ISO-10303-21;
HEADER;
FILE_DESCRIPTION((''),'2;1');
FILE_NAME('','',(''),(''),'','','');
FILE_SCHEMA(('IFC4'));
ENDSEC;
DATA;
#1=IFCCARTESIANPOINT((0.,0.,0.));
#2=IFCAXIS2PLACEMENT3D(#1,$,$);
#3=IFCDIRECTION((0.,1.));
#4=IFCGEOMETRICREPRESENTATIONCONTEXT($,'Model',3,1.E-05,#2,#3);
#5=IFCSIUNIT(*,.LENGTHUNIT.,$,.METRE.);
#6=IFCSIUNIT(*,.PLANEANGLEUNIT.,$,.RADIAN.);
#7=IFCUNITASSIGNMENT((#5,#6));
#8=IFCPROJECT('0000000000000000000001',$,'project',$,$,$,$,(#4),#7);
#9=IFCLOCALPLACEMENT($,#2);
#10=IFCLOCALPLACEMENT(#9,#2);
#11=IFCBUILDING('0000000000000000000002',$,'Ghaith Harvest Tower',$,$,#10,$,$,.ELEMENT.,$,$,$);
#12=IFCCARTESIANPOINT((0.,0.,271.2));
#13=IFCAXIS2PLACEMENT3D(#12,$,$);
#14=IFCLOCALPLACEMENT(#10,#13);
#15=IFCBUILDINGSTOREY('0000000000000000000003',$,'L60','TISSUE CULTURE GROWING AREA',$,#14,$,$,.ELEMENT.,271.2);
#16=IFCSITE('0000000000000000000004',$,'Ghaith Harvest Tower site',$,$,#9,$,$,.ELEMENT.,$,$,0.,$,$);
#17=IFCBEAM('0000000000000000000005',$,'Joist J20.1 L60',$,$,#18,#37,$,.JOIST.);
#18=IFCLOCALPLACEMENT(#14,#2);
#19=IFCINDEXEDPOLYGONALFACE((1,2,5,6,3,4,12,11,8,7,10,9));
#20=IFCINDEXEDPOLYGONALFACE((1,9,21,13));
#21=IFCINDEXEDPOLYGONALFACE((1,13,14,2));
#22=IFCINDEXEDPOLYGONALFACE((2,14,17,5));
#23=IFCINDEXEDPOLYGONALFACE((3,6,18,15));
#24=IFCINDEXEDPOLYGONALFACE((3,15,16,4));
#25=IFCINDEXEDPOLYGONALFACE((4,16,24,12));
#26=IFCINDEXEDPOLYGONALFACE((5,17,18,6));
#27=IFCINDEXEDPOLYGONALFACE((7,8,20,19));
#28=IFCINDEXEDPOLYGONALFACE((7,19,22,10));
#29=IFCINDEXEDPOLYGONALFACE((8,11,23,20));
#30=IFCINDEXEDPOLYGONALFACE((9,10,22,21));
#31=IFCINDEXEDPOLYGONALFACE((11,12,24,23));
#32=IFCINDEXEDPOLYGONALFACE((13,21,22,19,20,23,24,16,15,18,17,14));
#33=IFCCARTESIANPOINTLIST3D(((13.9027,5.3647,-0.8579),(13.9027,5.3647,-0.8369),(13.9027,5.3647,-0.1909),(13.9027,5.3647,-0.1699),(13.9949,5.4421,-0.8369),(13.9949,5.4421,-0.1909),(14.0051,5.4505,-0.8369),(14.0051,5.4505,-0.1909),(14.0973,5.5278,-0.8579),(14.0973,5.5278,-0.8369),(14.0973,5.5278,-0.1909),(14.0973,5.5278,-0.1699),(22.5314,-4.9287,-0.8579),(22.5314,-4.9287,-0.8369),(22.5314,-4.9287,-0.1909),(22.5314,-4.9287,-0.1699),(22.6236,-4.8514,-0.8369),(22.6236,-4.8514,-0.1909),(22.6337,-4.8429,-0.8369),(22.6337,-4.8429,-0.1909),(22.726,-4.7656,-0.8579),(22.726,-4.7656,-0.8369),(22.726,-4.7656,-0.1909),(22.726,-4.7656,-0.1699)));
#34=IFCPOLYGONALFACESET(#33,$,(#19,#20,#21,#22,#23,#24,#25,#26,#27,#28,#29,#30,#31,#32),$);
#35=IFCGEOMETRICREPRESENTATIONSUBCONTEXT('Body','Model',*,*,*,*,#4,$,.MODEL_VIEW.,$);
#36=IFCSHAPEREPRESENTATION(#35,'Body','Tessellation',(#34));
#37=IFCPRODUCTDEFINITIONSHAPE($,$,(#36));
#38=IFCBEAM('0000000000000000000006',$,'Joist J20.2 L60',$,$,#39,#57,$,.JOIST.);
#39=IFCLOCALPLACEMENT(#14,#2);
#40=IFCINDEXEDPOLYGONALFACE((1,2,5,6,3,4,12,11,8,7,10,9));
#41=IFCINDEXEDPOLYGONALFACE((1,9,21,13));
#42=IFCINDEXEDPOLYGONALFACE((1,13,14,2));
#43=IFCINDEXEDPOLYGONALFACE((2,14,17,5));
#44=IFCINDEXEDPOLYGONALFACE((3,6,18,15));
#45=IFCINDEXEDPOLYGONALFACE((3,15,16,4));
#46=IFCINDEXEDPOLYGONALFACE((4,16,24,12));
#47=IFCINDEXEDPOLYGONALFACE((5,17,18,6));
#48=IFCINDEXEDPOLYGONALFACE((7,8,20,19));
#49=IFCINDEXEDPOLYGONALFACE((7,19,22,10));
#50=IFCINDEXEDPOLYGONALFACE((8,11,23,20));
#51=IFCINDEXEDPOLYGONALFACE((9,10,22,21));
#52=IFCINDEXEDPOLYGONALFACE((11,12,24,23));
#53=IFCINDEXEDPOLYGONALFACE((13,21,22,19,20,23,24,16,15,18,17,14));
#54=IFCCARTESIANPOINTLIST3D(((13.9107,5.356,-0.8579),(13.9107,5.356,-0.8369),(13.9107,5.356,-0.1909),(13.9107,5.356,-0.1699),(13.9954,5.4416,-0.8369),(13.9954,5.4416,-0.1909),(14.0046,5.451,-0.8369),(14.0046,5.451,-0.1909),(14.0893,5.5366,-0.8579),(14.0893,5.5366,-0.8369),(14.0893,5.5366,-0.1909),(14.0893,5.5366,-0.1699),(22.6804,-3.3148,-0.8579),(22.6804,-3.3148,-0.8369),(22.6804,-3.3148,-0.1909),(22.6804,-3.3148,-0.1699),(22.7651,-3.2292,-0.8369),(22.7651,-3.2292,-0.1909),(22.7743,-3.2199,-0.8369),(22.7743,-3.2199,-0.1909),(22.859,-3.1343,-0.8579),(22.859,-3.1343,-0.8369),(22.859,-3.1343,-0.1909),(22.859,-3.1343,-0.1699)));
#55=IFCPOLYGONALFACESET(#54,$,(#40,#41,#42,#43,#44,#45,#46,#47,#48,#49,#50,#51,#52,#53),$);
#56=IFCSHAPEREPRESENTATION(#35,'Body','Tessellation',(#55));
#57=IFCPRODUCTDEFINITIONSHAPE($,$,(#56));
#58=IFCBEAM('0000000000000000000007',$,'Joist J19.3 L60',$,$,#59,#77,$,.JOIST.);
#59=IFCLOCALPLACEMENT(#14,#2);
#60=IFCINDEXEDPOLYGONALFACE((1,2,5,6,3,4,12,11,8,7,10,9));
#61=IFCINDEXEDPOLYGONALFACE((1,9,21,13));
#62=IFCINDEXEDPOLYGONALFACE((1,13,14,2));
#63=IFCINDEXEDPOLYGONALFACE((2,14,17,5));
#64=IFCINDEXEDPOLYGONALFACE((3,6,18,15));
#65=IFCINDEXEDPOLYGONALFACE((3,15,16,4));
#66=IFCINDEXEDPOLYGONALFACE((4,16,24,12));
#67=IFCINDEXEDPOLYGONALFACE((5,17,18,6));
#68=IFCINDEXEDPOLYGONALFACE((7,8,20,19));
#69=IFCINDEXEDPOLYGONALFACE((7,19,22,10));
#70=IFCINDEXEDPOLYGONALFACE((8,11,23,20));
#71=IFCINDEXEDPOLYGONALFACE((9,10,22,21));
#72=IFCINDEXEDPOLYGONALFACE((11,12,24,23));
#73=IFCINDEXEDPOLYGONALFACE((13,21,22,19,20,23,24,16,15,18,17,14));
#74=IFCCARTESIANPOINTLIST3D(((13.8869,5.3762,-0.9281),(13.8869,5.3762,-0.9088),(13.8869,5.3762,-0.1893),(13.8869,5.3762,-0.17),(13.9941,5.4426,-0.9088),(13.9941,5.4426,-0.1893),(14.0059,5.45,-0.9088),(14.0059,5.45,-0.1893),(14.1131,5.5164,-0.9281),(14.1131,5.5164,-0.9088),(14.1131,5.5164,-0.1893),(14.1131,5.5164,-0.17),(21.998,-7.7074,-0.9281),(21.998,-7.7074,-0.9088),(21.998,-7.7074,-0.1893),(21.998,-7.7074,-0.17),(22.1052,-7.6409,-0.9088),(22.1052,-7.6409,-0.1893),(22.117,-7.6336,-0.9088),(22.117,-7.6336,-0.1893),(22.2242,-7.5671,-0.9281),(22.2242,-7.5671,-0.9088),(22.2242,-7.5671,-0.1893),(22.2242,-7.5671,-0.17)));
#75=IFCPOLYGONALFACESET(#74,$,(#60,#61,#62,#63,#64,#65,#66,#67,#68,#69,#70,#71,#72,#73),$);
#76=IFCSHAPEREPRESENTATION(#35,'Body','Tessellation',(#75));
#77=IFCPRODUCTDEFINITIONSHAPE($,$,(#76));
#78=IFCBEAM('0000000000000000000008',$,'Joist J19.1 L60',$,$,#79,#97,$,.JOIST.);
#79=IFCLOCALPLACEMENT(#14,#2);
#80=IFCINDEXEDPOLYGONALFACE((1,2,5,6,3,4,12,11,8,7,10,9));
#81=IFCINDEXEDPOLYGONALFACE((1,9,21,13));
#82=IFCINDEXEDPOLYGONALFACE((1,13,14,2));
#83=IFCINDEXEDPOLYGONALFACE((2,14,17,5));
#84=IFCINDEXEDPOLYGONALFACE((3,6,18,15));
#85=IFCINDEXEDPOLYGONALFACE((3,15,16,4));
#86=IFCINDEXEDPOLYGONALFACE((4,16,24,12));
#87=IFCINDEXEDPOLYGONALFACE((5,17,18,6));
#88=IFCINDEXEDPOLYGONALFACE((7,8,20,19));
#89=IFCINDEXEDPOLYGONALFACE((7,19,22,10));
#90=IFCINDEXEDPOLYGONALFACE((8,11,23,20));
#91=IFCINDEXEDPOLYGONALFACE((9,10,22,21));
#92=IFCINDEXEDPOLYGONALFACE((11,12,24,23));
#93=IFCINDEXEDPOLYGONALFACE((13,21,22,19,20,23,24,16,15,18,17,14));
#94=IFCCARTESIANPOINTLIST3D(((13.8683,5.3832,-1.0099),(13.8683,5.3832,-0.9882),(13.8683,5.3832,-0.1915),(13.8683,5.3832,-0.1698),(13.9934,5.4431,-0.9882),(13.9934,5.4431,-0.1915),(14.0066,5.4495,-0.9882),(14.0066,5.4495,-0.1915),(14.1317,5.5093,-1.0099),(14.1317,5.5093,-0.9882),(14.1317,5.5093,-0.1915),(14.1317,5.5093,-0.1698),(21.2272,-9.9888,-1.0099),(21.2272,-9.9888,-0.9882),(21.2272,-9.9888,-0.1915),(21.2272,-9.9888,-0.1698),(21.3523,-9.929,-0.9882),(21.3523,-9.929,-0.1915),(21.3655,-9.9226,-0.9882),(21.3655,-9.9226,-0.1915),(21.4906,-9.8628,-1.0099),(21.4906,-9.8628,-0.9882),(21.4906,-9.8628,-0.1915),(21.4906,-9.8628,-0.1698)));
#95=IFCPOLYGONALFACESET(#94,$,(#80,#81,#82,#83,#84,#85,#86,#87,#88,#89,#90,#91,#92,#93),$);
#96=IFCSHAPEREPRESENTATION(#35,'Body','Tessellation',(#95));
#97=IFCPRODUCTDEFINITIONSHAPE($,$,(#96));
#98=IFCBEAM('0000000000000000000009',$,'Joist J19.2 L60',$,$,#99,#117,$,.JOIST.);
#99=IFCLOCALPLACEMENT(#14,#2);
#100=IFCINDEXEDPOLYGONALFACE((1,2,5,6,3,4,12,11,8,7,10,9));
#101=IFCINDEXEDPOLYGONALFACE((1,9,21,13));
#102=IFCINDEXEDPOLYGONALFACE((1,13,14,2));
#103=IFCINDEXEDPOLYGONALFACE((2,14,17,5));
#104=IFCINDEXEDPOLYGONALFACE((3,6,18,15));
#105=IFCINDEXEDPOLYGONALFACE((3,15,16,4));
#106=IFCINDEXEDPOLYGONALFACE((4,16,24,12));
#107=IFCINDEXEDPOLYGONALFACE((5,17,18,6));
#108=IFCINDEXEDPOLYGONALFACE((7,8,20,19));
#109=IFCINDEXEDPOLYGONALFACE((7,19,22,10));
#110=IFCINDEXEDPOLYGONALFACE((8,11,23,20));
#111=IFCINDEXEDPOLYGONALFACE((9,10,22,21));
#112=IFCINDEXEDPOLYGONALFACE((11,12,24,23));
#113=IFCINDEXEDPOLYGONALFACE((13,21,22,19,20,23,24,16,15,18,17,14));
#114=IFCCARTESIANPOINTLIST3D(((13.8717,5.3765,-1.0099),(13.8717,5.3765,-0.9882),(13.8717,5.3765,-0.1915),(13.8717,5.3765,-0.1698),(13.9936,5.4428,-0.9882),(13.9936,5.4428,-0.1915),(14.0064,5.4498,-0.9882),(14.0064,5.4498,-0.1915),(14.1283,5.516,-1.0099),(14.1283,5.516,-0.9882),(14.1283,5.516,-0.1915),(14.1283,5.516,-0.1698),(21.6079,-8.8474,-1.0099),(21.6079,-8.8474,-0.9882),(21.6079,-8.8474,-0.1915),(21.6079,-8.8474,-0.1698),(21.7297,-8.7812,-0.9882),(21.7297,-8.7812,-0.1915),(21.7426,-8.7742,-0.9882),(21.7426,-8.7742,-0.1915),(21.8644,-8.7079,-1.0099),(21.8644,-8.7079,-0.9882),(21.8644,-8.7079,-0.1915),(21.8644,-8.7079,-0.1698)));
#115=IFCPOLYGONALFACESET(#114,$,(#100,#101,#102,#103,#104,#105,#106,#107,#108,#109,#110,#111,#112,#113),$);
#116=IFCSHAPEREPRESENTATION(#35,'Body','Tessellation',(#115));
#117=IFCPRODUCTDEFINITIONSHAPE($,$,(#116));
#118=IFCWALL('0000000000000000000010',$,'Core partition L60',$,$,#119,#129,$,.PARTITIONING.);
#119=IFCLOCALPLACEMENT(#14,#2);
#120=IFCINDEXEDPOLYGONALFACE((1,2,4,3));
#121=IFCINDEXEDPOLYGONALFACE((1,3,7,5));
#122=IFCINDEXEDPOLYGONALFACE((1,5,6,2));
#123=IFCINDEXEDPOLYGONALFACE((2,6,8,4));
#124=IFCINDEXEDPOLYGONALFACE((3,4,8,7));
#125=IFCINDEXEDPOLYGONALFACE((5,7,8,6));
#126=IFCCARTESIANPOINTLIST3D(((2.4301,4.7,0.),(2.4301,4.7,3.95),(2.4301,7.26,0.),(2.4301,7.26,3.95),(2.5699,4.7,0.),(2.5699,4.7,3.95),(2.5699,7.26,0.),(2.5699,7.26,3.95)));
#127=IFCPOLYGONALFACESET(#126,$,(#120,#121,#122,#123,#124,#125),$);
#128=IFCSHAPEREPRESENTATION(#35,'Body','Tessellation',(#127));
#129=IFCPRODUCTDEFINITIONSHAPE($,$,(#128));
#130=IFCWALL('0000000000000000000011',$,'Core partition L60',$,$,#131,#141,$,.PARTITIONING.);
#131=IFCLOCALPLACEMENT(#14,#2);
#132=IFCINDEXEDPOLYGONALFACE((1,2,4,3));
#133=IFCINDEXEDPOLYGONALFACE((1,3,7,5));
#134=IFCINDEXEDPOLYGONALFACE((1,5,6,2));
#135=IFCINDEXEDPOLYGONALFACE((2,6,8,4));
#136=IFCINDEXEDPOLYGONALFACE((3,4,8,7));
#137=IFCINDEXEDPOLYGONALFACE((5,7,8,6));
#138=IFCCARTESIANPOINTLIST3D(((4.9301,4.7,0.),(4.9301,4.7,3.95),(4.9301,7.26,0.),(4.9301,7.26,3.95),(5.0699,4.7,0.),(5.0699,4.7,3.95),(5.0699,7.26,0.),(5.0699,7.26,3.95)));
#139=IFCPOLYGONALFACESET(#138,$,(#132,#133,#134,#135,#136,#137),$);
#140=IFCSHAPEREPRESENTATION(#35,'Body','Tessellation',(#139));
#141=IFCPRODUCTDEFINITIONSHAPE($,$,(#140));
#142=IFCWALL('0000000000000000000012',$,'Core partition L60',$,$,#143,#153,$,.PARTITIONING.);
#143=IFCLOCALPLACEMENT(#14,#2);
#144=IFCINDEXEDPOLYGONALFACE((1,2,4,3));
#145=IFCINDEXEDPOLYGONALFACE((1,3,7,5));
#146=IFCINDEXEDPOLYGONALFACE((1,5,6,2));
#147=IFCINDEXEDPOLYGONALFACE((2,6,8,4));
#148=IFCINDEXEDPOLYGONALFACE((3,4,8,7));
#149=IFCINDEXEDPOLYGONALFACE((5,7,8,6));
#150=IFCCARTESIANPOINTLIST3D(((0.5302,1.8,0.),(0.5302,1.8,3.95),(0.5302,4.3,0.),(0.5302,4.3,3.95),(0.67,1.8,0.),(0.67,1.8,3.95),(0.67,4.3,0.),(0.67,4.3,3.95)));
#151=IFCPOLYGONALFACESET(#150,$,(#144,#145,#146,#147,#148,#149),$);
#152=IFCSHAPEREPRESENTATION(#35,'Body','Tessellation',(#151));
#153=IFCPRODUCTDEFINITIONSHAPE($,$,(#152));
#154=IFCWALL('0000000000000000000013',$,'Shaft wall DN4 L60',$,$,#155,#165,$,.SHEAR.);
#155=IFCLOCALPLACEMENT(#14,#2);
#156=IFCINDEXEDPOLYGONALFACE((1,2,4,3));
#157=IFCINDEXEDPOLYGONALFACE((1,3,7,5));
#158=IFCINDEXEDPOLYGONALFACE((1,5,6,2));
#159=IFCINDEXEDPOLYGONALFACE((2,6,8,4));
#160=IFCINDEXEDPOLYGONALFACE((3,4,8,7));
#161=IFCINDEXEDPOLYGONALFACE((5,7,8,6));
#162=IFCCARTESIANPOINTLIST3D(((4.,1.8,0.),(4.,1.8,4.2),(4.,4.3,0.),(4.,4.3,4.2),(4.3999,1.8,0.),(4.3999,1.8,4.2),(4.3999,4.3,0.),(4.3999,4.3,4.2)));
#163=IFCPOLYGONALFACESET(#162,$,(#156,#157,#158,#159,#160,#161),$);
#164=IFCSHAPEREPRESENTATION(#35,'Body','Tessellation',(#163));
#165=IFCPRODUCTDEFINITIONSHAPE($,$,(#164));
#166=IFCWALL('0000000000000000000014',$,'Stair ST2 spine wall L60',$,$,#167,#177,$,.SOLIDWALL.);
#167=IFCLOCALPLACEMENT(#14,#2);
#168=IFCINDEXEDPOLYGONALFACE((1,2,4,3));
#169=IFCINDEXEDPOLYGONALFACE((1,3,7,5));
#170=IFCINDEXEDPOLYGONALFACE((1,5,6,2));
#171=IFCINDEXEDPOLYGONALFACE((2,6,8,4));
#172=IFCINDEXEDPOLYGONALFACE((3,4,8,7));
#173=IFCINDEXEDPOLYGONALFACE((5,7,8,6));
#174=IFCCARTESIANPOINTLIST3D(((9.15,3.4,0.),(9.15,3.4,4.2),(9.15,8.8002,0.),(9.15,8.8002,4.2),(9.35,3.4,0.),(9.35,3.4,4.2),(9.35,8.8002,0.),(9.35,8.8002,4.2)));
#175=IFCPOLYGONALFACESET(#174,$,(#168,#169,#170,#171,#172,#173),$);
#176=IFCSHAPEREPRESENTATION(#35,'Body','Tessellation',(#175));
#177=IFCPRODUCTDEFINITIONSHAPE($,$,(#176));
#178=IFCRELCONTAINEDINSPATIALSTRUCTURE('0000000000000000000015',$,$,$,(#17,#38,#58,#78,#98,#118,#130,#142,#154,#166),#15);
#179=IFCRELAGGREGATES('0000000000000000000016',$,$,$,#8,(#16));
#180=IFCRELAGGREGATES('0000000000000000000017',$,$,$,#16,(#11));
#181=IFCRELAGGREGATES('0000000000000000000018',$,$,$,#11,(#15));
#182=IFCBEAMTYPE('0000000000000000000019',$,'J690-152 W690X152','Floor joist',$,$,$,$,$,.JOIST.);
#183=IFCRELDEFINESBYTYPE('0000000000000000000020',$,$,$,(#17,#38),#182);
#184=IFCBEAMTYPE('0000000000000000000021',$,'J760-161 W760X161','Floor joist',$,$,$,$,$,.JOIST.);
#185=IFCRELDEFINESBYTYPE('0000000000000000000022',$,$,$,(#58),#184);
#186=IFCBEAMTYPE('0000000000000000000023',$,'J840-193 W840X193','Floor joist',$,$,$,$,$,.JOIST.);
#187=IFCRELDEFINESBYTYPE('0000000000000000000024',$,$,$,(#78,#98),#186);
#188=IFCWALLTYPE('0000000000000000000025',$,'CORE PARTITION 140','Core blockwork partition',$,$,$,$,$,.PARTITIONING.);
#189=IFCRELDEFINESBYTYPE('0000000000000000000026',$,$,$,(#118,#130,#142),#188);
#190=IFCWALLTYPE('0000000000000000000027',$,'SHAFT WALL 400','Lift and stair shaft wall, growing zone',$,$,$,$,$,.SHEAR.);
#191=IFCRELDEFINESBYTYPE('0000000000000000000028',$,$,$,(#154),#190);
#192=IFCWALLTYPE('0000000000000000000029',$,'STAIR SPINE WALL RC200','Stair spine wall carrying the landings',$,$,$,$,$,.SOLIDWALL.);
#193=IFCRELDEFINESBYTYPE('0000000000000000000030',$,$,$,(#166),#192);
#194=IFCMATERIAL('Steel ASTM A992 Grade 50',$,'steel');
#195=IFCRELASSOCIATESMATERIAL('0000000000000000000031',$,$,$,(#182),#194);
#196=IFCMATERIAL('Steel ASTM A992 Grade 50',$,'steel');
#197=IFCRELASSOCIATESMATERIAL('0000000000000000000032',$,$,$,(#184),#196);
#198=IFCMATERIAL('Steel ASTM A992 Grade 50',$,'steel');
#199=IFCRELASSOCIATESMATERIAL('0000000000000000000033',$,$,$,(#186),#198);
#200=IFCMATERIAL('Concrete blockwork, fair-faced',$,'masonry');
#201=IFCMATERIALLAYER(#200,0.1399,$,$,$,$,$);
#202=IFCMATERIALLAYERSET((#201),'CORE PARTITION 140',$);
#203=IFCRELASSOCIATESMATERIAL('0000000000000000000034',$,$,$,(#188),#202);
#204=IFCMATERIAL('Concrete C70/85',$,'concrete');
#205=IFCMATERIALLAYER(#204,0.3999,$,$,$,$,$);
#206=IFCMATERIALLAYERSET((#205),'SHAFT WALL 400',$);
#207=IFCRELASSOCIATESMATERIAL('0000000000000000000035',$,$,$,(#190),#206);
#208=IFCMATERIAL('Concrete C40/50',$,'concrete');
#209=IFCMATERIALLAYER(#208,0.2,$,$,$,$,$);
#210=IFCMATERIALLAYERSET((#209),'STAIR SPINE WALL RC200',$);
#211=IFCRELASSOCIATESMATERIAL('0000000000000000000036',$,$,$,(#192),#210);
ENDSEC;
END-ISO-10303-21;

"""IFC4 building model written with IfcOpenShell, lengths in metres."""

from ifc_helpers import new_model, si_unit, direction, frame, frame_2d, origin, origin_2d, place, context, subcontext, project, spatial, rectangle, i_section, extrude, material, layer, layer_set, material_profile, profile_set, type_object, element, save


model = new_model("IFC4")

# Units and contexts
model_context = context("Model", 3, precision=1e-05, world=origin(), true_north=direction((0.0, 1.0)))
body_context = subcontext(model_context, "Body", "Model", "MODEL_VIEW")
ifc_project = project(units=[si_unit("LENGTHUNIT", "METRE"), si_unit("PLANEANGLEUNIT", "RADIAN")], contexts=[model_context])

# Site, building, storey
site_placement = place(None, origin())
site = spatial("IfcSite", under=ifc_project, at=site_placement, Name="Ghaith Harvest Tower site", CompositionType="ELEMENT", RefElevation=0.0)
building_placement = place(site_placement, origin())
building = spatial("IfcBuilding", under=site, at=building_placement, Name="Ghaith Harvest Tower", CompositionType="ELEMENT")
storey_placement = place(building_placement, frame((0.0, 0.0, 271.2)))
storey = spatial("IfcBuildingStorey", under=building, at=storey_placement, Name="L60", Description="TISSUE CULTURE GROWING AREA", CompositionType="ELEMENT", Elevation=271.2)

# Beams
ifc_material_1 = material(Name="Steel ASTM A992 Grade 50", Category="steel")
ifc_material_profile_1 = material_profile(ifc_material_1, i_section(OverallWidth=0.2539, OverallDepth=0.688, WebThickness=0.0132, FlangeThickness=0.021, at=origin_2d()), Name="W690X152")
ifc_profile_set_1 = profile_set([ifc_material_profile_1], Name="Steel ASTM A992 Grade 50")
beam_type_1 = type_object("IfcBeamType", Name="J690-152 W690X152", Description="Floor joist", PredefinedType="JOIST", material=ifc_profile_set_1)
beam_1_placement = place(storey_placement, frame((14.0, 5.4463, -0.5139), z_axis=(0.642413, -0.766359, 0.0), x_axis=(0.766359, 0.642413, 0.0)))
element("IfcBeam", 1, at=beam_1_placement, inside=storey, type_object=beam_type_1, Name="Joist J20.1 L60", PredefinedType="JOIST", context=body_context, shape_type="SweptSolid", body=[
    extrude(i_section(OverallWidth=0.2539, OverallDepth=0.688, WebThickness=0.0132, FlangeThickness=0.021, at=origin_2d()), origin(), (0.0, 0.0, 1.0), 13.4316),
])
beam_2_placement = place(storey_placement, frame((14.0, 5.4463, -0.5139), z_axis=(0.711104, -0.703087, 0.0), x_axis=(0.703087, 0.711104, 0.0)))
element("IfcBeam", 2, at=beam_2_placement, inside=storey, type_object=beam_type_1, Name="Joist J20.2 L60", PredefinedType="JOIST", context=body_context, shape_type="SweptSolid", body=[
    extrude(i_section(OverallWidth=0.2539, OverallDepth=0.688, WebThickness=0.0132, FlangeThickness=0.021, at=origin_2d()), origin(), (0.0, 0.0, 1.0), 12.3325),
])
ifc_material_2 = material(Name="Steel ASTM A992 Grade 50", Category="steel")
ifc_material_profile_2 = material_profile(ifc_material_2, i_section(OverallWidth=0.2661, OverallDepth=0.7581, WebThickness=0.0139, FlangeThickness=0.0193, at=origin_2d()), Name="W760X161")
ifc_profile_set_2 = profile_set([ifc_material_profile_2], Name="Steel ASTM A992 Grade 50")
beam_type_2 = type_object("IfcBeamType", Name="J760-161 W760X161", Description="Floor joist", PredefinedType="JOIST", material=ifc_profile_set_2)
beam_3_placement = place(storey_placement, frame((14.0, 5.4463, -0.5491), z_axis=(0.526908, -0.849923, 0.0), x_axis=(0.849923, 0.526908, 0.0)))
element("IfcBeam", 3, at=beam_3_placement, inside=storey, type_object=beam_type_2, Name="Joist J19.3 L60", PredefinedType="JOIST", context=body_context, shape_type="SweptSolid", body=[
    extrude(i_section(OverallWidth=0.2661, OverallDepth=0.7581, WebThickness=0.0139, FlangeThickness=0.0193, at=origin_2d()), origin(), (0.0, 0.0, 1.0), 15.3938),
])
ifc_material_3 = material(Name="Steel ASTM A992 Grade 50", Category="steel")
ifc_material_profile_3 = material_profile(ifc_material_3, i_section(OverallWidth=0.292, OverallDepth=0.8401, WebThickness=0.0146, FlangeThickness=0.0217, at=origin_2d()), Name="W840X193")
ifc_profile_set_3 = profile_set([ifc_material_profile_3], Name="Steel ASTM A992 Grade 50")
beam_type_3 = type_object("IfcBeamType", Name="J840-193 W840X193", Description="Floor joist", PredefinedType="JOIST", material=ifc_profile_set_3)
beam_4_placement = place(storey_placement, frame((14.0, 5.4463, -0.5898), z_axis=(0.431791, -0.901974, 0.0), x_axis=(0.901974, 0.431791, 0.0)))
element("IfcBeam", 4, at=beam_4_placement, inside=storey, type_object=beam_type_3, Name="Joist J19.1 L60", PredefinedType="JOIST", context=body_context, shape_type="SweptSolid", body=[
    extrude(i_section(OverallWidth=0.292, OverallDepth=0.8401, WebThickness=0.0146, FlangeThickness=0.0217, at=origin_2d()), origin(), (0.0, 0.0, 1.0), 17.0427),
])
beam_5_placement = place(storey_placement, frame((14.0, 5.4463, -0.5898), z_axis=(0.477786, -0.878476, 0.0), x_axis=(0.878476, 0.477786, 0.0)))
element("IfcBeam", 5, at=beam_5_placement, inside=storey, type_object=beam_type_3, Name="Joist J19.2 L60", PredefinedType="JOIST", context=body_context, shape_type="SweptSolid", body=[
    extrude(i_section(OverallWidth=0.292, OverallDepth=0.8401, WebThickness=0.0146, FlangeThickness=0.0217, at=origin_2d()), origin(), (0.0, 0.0, 1.0), 16.1917),
])

# Walls
ifc_material_4 = material(Name="Concrete blockwork, fair-faced", Category="masonry")
ifc_layer_1 = layer(ifc_material_4, 0.1399)
ifc_layer_set_1 = layer_set([ifc_layer_1], Name="CORE PARTITION 140")
wall_type_1 = type_object("IfcWallType", Name="CORE PARTITION 140", Description="Core blockwork partition", PredefinedType="PARTITIONING", material=ifc_layer_set_1)
for number, where, z_axis, x_axis, name in (
    (6, (2.5, 4.7, 0.0), (0.0, 0.0, 1.0), (0.0, 1.0, 0.0), "Core partition L60"),
    (7, (5.0, 4.7, 0.0), (0.0, 0.0, 1.0), (0.0, 1.0, 0.0), "Core partition L60"),
):
    element("IfcWall", number, at=place(storey_placement, frame(where, z_axis=z_axis, x_axis=x_axis)), inside=storey, type_object=wall_type_1, Name=name, PredefinedType="PARTITIONING", context=body_context, shape_type="SweptSolid", body=[
        extrude(rectangle(XDim=2.5601, YDim=0.1399, at=frame_2d((1.28, 0.0))), origin(), (0.0, 0.0, 1.0), 3.95),
    ])
wall_1_placement = place(storey_placement, frame((0.6001, 1.8, 0.0), z_axis=(0.0, 0.0, 1.0), x_axis=(0.0, 1.0, 0.0)))
element("IfcWall", 8, at=wall_1_placement, inside=storey, type_object=wall_type_1, Name="Core partition L60", PredefinedType="PARTITIONING", context=body_context, shape_type="SweptSolid", body=[
    extrude(rectangle(XDim=2.5, YDim=0.1399, at=frame_2d((1.25, 0.0))), origin(), (0.0, 0.0, 1.0), 3.95),
])

# Shared definitions
ifc_material_5 = material(Name="Concrete C70/85", Category="concrete")
ifc_layer_2 = layer(ifc_material_5, 0.3999)
ifc_layer_set_2 = layer_set([ifc_layer_2], Name="SHAFT WALL 400")
wall_type_2 = type_object("IfcWallType", Name="SHAFT WALL 400", Description="Lift and stair shaft wall, growing zone", PredefinedType="SHEAR", material=ifc_layer_set_2)

# Walls
wall_2_placement = place(storey_placement, frame((4.2, 1.8, 0.0), z_axis=(0.0, 0.0, 1.0), x_axis=(0.0, 1.0, 0.0)))
element("IfcWall", 9, at=wall_2_placement, inside=storey, type_object=wall_type_2, Name="Shaft wall DN4 L60", PredefinedType="SHEAR", context=body_context, shape_type="SweptSolid", body=[
    extrude(rectangle(XDim=2.5, YDim=0.3999, at=frame_2d((1.25, 0.0))), origin(), (0.0, 0.0, 1.0), 4.2),
])
ifc_material_6 = material(Name="Concrete C40/50", Category="concrete")
ifc_layer_3 = layer(ifc_material_6, 0.2)
ifc_layer_set_3 = layer_set([ifc_layer_3], Name="STAIR SPINE WALL RC200")
wall_type_3 = type_object("IfcWallType", Name="STAIR SPINE WALL RC200", Description="Stair spine wall carrying the landings", PredefinedType="SOLIDWALL", material=ifc_layer_set_3)
wall_3_placement = place(storey_placement, frame((9.25, 3.3999, 0.0), z_axis=(0.0, 0.0, 1.0), x_axis=(0.0, 1.0, 0.0)))
element("IfcWall", 10, at=wall_3_placement, inside=storey, type_object=wall_type_3, Name="Stair ST2 spine wall L60", PredefinedType="SOLIDWALL", context=body_context, shape_type="SweptSolid", body=[
    extrude(rectangle(XDim=5.4001, YDim=0.2, at=frame_2d((2.7002, 0.0))), origin(), (0.0, 0.0, 1.0), 4.2),
])

save(model, "model.ifc")
